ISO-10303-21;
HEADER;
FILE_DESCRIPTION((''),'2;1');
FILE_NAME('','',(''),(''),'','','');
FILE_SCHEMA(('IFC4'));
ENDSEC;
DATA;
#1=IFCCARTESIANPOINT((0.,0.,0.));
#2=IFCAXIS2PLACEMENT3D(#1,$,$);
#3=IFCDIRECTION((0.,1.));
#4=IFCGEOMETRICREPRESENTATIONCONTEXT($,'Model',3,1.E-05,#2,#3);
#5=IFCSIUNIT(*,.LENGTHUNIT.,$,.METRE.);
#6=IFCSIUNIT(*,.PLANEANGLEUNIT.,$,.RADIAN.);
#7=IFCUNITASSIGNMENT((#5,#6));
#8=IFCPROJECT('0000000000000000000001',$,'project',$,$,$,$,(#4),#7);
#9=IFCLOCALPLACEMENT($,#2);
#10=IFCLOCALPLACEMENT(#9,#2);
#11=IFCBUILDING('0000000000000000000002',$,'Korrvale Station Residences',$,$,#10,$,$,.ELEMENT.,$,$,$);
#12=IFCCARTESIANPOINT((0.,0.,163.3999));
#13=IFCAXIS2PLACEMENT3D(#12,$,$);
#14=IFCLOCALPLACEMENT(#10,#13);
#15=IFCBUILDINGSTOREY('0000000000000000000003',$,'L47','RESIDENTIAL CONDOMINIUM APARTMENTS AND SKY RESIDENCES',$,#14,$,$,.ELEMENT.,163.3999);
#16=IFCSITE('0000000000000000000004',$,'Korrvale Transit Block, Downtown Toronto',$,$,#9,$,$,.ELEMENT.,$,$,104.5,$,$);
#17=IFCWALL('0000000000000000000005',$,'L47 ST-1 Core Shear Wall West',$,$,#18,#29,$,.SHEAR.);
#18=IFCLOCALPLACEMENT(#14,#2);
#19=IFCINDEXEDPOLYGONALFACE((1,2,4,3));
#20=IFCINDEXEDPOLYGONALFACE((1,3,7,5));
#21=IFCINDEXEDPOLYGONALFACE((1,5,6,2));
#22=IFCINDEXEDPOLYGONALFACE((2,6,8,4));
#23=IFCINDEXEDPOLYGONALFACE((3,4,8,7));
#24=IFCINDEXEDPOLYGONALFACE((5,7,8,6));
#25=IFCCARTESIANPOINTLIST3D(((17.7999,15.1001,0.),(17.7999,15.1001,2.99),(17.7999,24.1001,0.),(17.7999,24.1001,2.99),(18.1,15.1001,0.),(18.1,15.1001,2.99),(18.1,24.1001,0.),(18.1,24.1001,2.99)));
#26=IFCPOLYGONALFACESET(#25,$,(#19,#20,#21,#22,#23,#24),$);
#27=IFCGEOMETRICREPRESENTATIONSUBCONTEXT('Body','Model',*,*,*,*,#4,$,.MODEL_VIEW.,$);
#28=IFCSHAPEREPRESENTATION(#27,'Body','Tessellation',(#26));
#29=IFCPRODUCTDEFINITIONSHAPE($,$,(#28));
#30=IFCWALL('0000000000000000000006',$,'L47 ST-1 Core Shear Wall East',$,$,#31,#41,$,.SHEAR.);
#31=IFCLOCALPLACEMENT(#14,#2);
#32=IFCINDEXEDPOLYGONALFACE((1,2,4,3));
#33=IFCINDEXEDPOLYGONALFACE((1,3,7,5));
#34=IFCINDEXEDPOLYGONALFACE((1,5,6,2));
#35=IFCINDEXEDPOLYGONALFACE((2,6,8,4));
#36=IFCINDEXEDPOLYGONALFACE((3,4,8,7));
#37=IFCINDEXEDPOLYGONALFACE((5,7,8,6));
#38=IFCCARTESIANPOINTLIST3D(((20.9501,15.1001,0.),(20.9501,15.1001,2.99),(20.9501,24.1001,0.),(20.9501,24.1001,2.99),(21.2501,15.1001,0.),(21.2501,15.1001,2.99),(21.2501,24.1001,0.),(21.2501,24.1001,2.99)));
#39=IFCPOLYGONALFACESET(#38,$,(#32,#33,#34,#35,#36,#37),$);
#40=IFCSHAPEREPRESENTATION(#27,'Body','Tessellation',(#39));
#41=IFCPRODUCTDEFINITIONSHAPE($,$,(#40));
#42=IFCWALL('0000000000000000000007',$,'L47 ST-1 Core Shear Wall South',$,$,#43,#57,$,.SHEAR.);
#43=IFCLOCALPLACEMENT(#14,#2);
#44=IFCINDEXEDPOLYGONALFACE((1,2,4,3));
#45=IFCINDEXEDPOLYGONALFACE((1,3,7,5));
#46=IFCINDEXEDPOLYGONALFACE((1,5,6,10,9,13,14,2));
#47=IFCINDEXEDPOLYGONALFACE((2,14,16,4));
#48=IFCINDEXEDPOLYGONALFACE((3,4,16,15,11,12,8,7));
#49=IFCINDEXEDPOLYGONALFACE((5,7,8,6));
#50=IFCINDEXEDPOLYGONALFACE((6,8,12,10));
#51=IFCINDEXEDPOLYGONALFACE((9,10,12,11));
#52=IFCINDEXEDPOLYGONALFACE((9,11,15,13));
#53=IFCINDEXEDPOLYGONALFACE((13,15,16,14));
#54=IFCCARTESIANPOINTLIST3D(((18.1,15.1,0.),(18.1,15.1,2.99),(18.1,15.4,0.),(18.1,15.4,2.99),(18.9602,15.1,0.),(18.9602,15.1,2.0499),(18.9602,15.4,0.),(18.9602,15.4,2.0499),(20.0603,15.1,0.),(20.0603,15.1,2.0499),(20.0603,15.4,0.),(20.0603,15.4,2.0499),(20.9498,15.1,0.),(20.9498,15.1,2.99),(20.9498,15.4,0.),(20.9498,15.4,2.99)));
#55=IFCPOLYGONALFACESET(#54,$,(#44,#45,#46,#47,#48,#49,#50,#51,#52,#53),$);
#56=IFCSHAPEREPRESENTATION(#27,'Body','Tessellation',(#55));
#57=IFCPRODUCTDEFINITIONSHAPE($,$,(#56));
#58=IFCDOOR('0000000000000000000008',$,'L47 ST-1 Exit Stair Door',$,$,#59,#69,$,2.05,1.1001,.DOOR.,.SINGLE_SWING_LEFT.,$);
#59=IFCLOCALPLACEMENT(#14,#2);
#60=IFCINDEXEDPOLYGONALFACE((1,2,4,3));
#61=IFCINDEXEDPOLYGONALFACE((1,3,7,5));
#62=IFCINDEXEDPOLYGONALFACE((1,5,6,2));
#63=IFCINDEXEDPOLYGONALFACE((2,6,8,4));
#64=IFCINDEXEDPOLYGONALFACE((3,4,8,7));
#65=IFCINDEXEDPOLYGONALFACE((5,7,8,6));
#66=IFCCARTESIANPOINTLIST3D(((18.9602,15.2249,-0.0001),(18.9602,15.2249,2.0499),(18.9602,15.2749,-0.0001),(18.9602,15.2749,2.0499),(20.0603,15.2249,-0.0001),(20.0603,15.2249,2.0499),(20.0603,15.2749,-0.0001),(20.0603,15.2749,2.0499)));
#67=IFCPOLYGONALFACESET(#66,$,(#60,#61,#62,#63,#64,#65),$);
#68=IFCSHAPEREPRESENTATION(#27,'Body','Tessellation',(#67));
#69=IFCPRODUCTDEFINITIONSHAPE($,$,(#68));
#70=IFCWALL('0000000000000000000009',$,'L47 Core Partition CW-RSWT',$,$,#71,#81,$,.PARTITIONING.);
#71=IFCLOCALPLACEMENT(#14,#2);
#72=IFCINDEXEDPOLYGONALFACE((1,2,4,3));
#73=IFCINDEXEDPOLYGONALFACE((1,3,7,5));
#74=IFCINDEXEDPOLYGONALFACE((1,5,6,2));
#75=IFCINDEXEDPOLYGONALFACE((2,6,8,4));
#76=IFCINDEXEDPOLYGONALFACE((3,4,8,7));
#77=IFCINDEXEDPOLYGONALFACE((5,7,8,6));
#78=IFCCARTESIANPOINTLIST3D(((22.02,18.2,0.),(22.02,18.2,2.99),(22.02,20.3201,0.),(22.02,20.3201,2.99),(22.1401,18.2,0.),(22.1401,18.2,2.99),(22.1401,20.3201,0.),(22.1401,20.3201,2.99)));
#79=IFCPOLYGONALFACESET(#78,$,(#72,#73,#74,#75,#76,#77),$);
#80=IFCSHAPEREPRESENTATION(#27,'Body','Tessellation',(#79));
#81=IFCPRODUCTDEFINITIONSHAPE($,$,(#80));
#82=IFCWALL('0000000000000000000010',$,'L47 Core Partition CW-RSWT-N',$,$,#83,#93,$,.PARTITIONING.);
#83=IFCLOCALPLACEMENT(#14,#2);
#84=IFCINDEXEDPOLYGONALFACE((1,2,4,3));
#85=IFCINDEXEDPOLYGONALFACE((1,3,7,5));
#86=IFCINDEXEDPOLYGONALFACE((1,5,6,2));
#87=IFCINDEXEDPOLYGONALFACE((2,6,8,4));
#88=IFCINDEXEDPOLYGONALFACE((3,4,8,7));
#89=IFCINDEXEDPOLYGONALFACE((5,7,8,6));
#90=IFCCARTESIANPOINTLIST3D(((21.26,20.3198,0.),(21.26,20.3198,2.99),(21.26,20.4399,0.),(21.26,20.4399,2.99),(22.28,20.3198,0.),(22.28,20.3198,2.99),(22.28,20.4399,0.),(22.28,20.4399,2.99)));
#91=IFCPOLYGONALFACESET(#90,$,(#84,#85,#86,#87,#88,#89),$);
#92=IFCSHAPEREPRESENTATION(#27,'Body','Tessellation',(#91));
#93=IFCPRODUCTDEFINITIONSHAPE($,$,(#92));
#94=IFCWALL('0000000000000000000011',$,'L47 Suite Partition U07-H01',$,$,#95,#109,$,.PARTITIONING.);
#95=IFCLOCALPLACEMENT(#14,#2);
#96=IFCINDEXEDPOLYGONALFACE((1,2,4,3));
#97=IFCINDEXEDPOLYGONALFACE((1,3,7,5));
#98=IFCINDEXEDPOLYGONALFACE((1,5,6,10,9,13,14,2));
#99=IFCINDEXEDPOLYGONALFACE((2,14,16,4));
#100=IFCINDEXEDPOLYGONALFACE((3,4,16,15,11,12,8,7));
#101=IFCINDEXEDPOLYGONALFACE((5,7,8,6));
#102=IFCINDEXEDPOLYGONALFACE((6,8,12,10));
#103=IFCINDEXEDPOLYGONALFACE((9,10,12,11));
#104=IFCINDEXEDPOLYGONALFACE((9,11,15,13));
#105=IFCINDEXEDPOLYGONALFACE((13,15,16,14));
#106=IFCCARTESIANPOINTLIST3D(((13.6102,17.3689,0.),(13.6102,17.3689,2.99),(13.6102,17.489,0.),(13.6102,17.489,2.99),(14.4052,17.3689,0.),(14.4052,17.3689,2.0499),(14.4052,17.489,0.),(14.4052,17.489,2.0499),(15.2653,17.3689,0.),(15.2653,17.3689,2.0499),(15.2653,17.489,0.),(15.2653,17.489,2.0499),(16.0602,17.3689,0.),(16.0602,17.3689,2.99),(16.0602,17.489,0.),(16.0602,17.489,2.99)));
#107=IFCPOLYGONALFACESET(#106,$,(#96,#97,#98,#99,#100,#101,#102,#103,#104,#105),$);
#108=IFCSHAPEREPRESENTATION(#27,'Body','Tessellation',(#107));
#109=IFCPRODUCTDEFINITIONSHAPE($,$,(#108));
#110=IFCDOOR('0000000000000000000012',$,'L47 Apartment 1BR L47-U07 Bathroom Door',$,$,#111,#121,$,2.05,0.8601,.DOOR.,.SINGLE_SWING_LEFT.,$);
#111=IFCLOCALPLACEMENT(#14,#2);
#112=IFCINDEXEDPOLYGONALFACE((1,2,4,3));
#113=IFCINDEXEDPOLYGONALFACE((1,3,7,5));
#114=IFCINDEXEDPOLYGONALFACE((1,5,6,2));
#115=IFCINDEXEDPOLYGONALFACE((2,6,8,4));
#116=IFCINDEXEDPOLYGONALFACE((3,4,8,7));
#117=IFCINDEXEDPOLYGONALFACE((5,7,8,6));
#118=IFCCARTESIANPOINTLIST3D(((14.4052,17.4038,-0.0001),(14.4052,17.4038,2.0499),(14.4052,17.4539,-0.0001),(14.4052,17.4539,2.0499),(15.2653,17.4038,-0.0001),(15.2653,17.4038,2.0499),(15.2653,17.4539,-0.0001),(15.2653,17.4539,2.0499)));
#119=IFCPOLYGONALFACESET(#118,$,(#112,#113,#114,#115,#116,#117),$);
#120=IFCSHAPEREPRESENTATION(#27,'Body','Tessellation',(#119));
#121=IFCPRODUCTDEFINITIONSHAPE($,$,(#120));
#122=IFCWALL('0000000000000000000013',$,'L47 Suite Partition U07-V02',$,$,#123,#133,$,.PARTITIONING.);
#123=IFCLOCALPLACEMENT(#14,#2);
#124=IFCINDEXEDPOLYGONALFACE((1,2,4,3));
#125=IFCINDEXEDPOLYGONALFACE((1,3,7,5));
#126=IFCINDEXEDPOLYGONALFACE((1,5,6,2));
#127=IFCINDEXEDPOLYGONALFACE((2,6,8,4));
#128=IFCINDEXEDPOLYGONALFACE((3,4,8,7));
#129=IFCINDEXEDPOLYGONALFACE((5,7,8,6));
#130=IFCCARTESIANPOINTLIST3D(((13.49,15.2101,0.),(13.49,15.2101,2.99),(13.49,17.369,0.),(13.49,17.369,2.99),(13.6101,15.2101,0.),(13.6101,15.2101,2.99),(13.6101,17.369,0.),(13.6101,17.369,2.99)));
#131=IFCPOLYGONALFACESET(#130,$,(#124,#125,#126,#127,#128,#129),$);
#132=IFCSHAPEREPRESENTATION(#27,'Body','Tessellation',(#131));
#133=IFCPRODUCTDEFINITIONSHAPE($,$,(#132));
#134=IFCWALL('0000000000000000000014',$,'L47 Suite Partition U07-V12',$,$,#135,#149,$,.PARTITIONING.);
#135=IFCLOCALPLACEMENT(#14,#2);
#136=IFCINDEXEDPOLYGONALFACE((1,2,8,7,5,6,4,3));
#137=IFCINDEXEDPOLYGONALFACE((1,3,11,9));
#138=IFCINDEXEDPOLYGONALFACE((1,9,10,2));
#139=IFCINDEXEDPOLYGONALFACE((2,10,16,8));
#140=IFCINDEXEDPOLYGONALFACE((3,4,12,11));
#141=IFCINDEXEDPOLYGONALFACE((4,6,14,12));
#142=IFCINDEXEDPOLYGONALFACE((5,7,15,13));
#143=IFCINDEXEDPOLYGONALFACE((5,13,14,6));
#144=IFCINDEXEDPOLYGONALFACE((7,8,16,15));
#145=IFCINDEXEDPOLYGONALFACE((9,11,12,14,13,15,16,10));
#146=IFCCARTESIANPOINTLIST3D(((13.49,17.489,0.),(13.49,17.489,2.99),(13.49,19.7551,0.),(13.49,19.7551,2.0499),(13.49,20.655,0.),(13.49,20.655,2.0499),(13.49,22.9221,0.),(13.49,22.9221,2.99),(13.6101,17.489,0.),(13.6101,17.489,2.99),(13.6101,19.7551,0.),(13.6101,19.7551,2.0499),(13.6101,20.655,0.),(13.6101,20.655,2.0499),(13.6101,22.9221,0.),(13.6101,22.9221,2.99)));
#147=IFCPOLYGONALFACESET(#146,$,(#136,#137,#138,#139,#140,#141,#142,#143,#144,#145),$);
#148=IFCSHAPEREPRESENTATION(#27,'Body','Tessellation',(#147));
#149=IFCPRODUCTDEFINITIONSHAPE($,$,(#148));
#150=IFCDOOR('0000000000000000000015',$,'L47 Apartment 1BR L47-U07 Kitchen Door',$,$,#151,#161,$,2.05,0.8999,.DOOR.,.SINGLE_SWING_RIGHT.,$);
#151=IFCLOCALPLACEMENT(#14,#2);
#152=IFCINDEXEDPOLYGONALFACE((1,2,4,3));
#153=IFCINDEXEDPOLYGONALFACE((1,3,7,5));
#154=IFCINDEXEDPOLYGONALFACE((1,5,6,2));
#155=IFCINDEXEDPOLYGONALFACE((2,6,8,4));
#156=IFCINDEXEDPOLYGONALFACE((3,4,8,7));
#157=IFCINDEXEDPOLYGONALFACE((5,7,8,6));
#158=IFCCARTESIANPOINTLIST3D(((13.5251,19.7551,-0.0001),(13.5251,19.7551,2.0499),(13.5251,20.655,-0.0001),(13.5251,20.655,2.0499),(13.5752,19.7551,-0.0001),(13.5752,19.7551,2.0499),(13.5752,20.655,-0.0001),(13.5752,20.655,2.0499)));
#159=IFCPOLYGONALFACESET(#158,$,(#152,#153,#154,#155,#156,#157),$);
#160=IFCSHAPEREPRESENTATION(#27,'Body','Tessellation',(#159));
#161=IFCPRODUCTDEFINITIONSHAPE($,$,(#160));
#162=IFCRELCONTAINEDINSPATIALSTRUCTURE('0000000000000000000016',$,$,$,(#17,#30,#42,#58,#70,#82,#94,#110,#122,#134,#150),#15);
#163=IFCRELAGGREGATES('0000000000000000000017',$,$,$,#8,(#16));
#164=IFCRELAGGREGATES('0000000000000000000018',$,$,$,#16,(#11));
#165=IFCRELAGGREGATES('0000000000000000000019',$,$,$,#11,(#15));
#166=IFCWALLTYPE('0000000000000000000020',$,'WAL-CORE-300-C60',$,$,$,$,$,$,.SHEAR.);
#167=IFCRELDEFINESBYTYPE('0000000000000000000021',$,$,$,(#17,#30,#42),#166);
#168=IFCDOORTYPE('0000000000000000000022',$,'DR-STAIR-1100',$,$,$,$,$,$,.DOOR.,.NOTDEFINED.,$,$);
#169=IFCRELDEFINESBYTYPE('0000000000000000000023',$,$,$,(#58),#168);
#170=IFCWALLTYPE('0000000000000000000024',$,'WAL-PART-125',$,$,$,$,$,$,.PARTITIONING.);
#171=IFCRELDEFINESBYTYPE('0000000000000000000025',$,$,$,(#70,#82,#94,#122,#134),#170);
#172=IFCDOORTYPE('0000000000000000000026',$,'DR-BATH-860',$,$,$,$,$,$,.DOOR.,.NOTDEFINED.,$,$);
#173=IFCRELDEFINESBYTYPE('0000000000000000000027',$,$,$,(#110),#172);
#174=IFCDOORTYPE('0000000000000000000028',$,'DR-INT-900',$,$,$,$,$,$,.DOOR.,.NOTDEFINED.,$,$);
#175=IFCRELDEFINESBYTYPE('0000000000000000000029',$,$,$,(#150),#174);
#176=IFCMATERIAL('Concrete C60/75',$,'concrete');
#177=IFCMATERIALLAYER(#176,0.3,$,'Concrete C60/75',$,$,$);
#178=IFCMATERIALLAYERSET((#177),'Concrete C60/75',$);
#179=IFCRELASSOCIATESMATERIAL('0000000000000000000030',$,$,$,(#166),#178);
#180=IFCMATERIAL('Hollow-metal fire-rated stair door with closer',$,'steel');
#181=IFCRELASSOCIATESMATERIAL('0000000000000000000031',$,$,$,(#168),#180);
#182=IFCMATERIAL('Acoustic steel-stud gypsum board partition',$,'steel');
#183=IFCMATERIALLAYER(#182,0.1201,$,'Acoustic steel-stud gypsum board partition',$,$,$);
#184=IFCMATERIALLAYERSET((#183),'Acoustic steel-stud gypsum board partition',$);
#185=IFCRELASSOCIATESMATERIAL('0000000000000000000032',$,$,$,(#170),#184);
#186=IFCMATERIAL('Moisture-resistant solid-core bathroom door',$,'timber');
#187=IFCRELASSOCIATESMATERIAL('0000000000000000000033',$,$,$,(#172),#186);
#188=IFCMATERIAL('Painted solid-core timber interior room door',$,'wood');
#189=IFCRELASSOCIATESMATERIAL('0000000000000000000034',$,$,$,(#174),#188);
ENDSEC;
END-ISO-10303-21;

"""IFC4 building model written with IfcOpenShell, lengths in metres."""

from ifc_helpers import new_model, si_unit, direction, frame, frame_2d, origin, place, context, subcontext, project, spatial, rectangle, extrude, material, layer, layer_set, type_object, element, fill, save


model = new_model("IFC4")

# Units and contexts
model_context = context("Model", 3, precision=1e-05, world=origin(), true_north=direction((0.0, 1.0)))
body_context = subcontext(model_context, "Body", "Model", "MODEL_VIEW")
ifc_project = project(units=[si_unit("LENGTHUNIT", "METRE"), si_unit("PLANEANGLEUNIT", "RADIAN")], contexts=[model_context])

# Site, building, storey
site_placement = place(None, origin())
site = spatial("IfcSite", under=ifc_project, at=site_placement, Name="Korrvale Transit Block, Downtown Toronto", CompositionType="ELEMENT", RefElevation=104.5)
building_placement = place(site_placement, origin())
building = spatial("IfcBuilding", under=site, at=building_placement, Name="Korrvale Station Residences", CompositionType="ELEMENT")
storey_placement = place(building_placement, frame((0.0, 0.0, 163.3999)))
storey = spatial("IfcBuildingStorey", under=building, at=storey_placement, Name="L47", Description="RESIDENTIAL CONDOMINIUM APARTMENTS AND SKY RESIDENCES", CompositionType="ELEMENT", Elevation=163.3999)

# Walls
ifc_material_1 = material(Name="Concrete C60/75", Category="concrete")
ifc_layer_1 = layer(ifc_material_1, 0.3, Name="Concrete C60/75")
ifc_layer_set_1 = layer_set([ifc_layer_1], Name="Concrete C60/75")
wall_type_1 = type_object("IfcWallType", Name="WAL-CORE-300-C60", PredefinedType="SHEAR", material=ifc_layer_set_1)
for number, where, z_axis, x_axis, name in (
    (1, (17.95, 15.1001, 0.0), (0.0, 0.0, 1.0), (0.0, 1.0, 0.0), "L47 ST-1 Core Shear Wall West"),
    (2, (21.1001, 15.1001, 0.0), (0.0, 0.0, 1.0), (0.0, 1.0, 0.0), "L47 ST-1 Core Shear Wall East"),
):
    element("IfcWall", number, at=place(storey_placement, frame(where, z_axis=z_axis, x_axis=x_axis)), inside=storey, type_object=wall_type_1, Name=name, PredefinedType="SHEAR", context=body_context, shape_type="SweptSolid", body=[
        extrude(rectangle(XDim=9.0, YDim=0.3, at=frame_2d((4.5, 0.0))), origin(), (0.0, 0.0, 1.0), 2.99),
    ])

# Wall, opening, door
wall_1_placement = place(storey_placement, frame((18.1001, 15.25, 0.0), z_axis=(0.0, 0.0, 1.0), x_axis=(1.0, 0.0, 0.0)))
wall_1 = element("IfcWall", 3, at=wall_1_placement, inside=storey, type_object=wall_type_1, Name="L47 ST-1 Core Shear Wall South", PredefinedType="SHEAR", context=body_context, shape_type="SweptSolid", body=[
    extrude(rectangle(XDim=2.8499, YDim=0.3, at=frame_2d((1.4248, 0.0))), origin(), (0.0, 0.0, 1.0), 2.99),
])
opening_1_placement = place(wall_1_placement, frame((0.8601, 0.0, 0.0)))
opening_1 = element("IfcOpeningElement", 4, at=opening_1_placement, cuts=wall_1, PredefinedType="OPENING", context=body_context, shape_type="SweptSolid", body=[
    extrude(rectangle(XDim=1.1001, YDim=2.05, at=frame_2d((0.55, 1.0249))), frame((0.0, 0.1602, 0.0), z_axis=(0.0, -1.0, 0.0), x_axis=(1.0, 0.0, 0.0)), (0.0, 0.0, 1.0), 0.3201),
])
ifc_material_2 = material(Name="Hollow-metal fire-rated stair door with closer", Category="steel")
door_type_1 = type_object("IfcDoorType", Name="DR-STAIR-1100", OperationType="NOTDEFINED", PredefinedType="DOOR", material=ifc_material_2)
door_1_placement = place(opening_1_placement, origin())
door_1 = element("IfcDoor", 5, at=door_1_placement, inside=storey, type_object=door_type_1, Name="L47 ST-1 Exit Stair Door", OperationType="SINGLE_SWING_LEFT", OverallHeight=2.05, OverallWidth=1.1001, PredefinedType="DOOR", context=body_context, shape_type="SweptSolid", body=[
    extrude(rectangle(XDim=1.1001, YDim=2.05, at=frame_2d((0.55, 1.0249))), frame((0.0, 0.0249, 0.0), z_axis=(0.0, -1.0, 0.0), x_axis=(1.0, 0.0, 0.0)), (0.0, 0.0, 1.0), 0.05),
])
fill(opening_1, door_1)

# Walls
ifc_material_3 = material(Name="Acoustic steel-stud gypsum board partition", Category="steel")
ifc_layer_2 = layer(ifc_material_3, 0.1201, Name="Acoustic steel-stud gypsum board partition")
ifc_layer_set_2 = layer_set([ifc_layer_2], Name="Acoustic steel-stud gypsum board partition")
wall_type_2 = type_object("IfcWallType", Name="WAL-PART-125", PredefinedType="PARTITIONING", material=ifc_layer_set_2)
wall_2_placement = place(storey_placement, frame((22.0801, 18.2, 0.0), z_axis=(0.0, 0.0, 1.0), x_axis=(0.0, 1.0, 0.0)))
element("IfcWall", 6, at=wall_2_placement, inside=storey, type_object=wall_type_2, Name="L47 Core Partition CW-RSWT", PredefinedType="PARTITIONING", context=body_context, shape_type="SweptSolid", body=[
    extrude(rectangle(XDim=2.1201, YDim=0.1201, at=frame_2d((1.0601, 0.0))), origin(), (0.0, 0.0, 1.0), 2.99),
])
wall_3_placement = place(storey_placement, frame((22.28, 20.3799, 0.0), z_axis=(0.0, 0.0, 1.0), x_axis=(-1.0, 0.0, 0.0)))
element("IfcWall", 7, at=wall_3_placement, inside=storey, type_object=wall_type_2, Name="L47 Core Partition CW-RSWT-N", PredefinedType="PARTITIONING", context=body_context, shape_type="SweptSolid", body=[
    extrude(rectangle(XDim=1.02, YDim=0.1201, at=frame_2d((0.51, 0.0))), origin(), (0.0, 0.0, 1.0), 2.99),
])

# Wall, opening, door
wall_4_placement = place(storey_placement, frame((13.6101, 17.429, 0.0), z_axis=(0.0, 0.0, 1.0), x_axis=(1.0, 0.0, 0.0)))
wall_4 = element("IfcWall", 8, at=wall_4_placement, inside=storey, type_object=wall_type_2, Name="L47 Suite Partition U07-H01", PredefinedType="PARTITIONING", context=body_context, shape_type="SweptSolid", body=[
    extrude(rectangle(XDim=2.45, YDim=0.1201, at=frame_2d((1.2251, 0.0))), origin(), (0.0, 0.0, 1.0), 2.99),
])
opening_2_placement = place(wall_4_placement, frame((0.7949, 0.0, 0.0)))
opening_2 = element("IfcOpeningElement", 9, at=opening_2_placement, cuts=wall_4, PredefinedType="OPENING", context=body_context, shape_type="SweptSolid", body=[
    extrude(rectangle(XDim=0.8601, YDim=2.05, at=frame_2d((0.4302, 1.0249))), frame((0.0, 0.0701, 0.0), z_axis=(0.0, -1.0, 0.0), x_axis=(1.0, 0.0, 0.0)), (0.0, 0.0, 1.0), 0.1401),
])
ifc_material_4 = material(Name="Moisture-resistant solid-core bathroom door", Category="timber")
door_type_2 = type_object("IfcDoorType", Name="DR-BATH-860", OperationType="NOTDEFINED", PredefinedType="DOOR", material=ifc_material_4)
door_2_placement = place(opening_2_placement, origin())
door_2 = element("IfcDoor", 10, at=door_2_placement, inside=storey, type_object=door_type_2, Name="L47 Apartment 1BR L47-U07 Bathroom Door", OperationType="SINGLE_SWING_LEFT", OverallHeight=2.05, OverallWidth=0.8601, PredefinedType="DOOR", context=body_context, shape_type="SweptSolid", body=[
    extrude(rectangle(XDim=0.8601, YDim=2.05, at=frame_2d((0.4302, 1.0249))), frame((0.0, 0.0249, 0.0), z_axis=(0.0, -1.0, 0.0), x_axis=(1.0, 0.0, 0.0)), (0.0, 0.0, 1.0), 0.05),
])
fill(opening_2, door_2)

# Wall
wall_5_placement = place(storey_placement, frame((13.55, 15.21, 0.0), z_axis=(0.0, 0.0, 1.0), x_axis=(0.0, 1.0, 0.0)))
element("IfcWall", 11, at=wall_5_placement, inside=storey, type_object=wall_type_2, Name="L47 Suite Partition U07-V02", PredefinedType="PARTITIONING", context=body_context, shape_type="SweptSolid", body=[
    extrude(rectangle(XDim=2.1589, YDim=0.1201, at=frame_2d((1.0796, 0.0))), origin(), (0.0, 0.0, 1.0), 2.99),
])

# Wall, opening, door
wall_6_placement = place(storey_placement, frame((13.55, 17.489, 0.0), z_axis=(0.0, 0.0, 1.0), x_axis=(0.0, 1.0, 0.0)))
wall_6 = element("IfcWall", 12, at=wall_6_placement, inside=storey, type_object=wall_type_2, Name="L47 Suite Partition U07-V12", PredefinedType="PARTITIONING", context=body_context, shape_type="SweptSolid", body=[
    extrude(rectangle(XDim=5.4331, YDim=0.1201, at=frame_2d((2.7166, 0.0))), origin(), (0.0, 0.0, 1.0), 2.99),
])
opening_3_placement = place(wall_6_placement, frame((2.2661, 0.0, 0.0)))
opening_3 = element("IfcOpeningElement", 13, at=opening_3_placement, cuts=wall_6, PredefinedType="OPENING", context=body_context, shape_type="SweptSolid", body=[
    extrude(rectangle(XDim=0.8999, YDim=2.05, at=frame_2d((0.45, 1.0249))), frame((0.0, 0.0701, 0.0), z_axis=(0.0, -1.0, 0.0), x_axis=(1.0, 0.0, 0.0)), (0.0, 0.0, 1.0), 0.1401),
])
ifc_material_5 = material(Name="Painted solid-core timber interior room door", Category="wood")
door_type_3 = type_object("IfcDoorType", Name="DR-INT-900", OperationType="NOTDEFINED", PredefinedType="DOOR", material=ifc_material_5)
door_3_placement = place(opening_3_placement, origin())
door_3 = element("IfcDoor", 14, at=door_3_placement, inside=storey, type_object=door_type_3, Name="L47 Apartment 1BR L47-U07 Kitchen Door", OperationType="SINGLE_SWING_RIGHT", OverallHeight=2.05, OverallWidth=0.8999, PredefinedType="DOOR", context=body_context, shape_type="SweptSolid", body=[
    extrude(rectangle(XDim=0.8999, YDim=2.05, at=frame_2d((0.45, 1.0249))), frame((0.0, 0.0249, 0.0), z_axis=(0.0, -1.0, 0.0), x_axis=(1.0, 0.0, 0.0)), (0.0, 0.0, 1.0), 0.05),
])
fill(opening_3, door_3)

save(model, "model.ifc")
